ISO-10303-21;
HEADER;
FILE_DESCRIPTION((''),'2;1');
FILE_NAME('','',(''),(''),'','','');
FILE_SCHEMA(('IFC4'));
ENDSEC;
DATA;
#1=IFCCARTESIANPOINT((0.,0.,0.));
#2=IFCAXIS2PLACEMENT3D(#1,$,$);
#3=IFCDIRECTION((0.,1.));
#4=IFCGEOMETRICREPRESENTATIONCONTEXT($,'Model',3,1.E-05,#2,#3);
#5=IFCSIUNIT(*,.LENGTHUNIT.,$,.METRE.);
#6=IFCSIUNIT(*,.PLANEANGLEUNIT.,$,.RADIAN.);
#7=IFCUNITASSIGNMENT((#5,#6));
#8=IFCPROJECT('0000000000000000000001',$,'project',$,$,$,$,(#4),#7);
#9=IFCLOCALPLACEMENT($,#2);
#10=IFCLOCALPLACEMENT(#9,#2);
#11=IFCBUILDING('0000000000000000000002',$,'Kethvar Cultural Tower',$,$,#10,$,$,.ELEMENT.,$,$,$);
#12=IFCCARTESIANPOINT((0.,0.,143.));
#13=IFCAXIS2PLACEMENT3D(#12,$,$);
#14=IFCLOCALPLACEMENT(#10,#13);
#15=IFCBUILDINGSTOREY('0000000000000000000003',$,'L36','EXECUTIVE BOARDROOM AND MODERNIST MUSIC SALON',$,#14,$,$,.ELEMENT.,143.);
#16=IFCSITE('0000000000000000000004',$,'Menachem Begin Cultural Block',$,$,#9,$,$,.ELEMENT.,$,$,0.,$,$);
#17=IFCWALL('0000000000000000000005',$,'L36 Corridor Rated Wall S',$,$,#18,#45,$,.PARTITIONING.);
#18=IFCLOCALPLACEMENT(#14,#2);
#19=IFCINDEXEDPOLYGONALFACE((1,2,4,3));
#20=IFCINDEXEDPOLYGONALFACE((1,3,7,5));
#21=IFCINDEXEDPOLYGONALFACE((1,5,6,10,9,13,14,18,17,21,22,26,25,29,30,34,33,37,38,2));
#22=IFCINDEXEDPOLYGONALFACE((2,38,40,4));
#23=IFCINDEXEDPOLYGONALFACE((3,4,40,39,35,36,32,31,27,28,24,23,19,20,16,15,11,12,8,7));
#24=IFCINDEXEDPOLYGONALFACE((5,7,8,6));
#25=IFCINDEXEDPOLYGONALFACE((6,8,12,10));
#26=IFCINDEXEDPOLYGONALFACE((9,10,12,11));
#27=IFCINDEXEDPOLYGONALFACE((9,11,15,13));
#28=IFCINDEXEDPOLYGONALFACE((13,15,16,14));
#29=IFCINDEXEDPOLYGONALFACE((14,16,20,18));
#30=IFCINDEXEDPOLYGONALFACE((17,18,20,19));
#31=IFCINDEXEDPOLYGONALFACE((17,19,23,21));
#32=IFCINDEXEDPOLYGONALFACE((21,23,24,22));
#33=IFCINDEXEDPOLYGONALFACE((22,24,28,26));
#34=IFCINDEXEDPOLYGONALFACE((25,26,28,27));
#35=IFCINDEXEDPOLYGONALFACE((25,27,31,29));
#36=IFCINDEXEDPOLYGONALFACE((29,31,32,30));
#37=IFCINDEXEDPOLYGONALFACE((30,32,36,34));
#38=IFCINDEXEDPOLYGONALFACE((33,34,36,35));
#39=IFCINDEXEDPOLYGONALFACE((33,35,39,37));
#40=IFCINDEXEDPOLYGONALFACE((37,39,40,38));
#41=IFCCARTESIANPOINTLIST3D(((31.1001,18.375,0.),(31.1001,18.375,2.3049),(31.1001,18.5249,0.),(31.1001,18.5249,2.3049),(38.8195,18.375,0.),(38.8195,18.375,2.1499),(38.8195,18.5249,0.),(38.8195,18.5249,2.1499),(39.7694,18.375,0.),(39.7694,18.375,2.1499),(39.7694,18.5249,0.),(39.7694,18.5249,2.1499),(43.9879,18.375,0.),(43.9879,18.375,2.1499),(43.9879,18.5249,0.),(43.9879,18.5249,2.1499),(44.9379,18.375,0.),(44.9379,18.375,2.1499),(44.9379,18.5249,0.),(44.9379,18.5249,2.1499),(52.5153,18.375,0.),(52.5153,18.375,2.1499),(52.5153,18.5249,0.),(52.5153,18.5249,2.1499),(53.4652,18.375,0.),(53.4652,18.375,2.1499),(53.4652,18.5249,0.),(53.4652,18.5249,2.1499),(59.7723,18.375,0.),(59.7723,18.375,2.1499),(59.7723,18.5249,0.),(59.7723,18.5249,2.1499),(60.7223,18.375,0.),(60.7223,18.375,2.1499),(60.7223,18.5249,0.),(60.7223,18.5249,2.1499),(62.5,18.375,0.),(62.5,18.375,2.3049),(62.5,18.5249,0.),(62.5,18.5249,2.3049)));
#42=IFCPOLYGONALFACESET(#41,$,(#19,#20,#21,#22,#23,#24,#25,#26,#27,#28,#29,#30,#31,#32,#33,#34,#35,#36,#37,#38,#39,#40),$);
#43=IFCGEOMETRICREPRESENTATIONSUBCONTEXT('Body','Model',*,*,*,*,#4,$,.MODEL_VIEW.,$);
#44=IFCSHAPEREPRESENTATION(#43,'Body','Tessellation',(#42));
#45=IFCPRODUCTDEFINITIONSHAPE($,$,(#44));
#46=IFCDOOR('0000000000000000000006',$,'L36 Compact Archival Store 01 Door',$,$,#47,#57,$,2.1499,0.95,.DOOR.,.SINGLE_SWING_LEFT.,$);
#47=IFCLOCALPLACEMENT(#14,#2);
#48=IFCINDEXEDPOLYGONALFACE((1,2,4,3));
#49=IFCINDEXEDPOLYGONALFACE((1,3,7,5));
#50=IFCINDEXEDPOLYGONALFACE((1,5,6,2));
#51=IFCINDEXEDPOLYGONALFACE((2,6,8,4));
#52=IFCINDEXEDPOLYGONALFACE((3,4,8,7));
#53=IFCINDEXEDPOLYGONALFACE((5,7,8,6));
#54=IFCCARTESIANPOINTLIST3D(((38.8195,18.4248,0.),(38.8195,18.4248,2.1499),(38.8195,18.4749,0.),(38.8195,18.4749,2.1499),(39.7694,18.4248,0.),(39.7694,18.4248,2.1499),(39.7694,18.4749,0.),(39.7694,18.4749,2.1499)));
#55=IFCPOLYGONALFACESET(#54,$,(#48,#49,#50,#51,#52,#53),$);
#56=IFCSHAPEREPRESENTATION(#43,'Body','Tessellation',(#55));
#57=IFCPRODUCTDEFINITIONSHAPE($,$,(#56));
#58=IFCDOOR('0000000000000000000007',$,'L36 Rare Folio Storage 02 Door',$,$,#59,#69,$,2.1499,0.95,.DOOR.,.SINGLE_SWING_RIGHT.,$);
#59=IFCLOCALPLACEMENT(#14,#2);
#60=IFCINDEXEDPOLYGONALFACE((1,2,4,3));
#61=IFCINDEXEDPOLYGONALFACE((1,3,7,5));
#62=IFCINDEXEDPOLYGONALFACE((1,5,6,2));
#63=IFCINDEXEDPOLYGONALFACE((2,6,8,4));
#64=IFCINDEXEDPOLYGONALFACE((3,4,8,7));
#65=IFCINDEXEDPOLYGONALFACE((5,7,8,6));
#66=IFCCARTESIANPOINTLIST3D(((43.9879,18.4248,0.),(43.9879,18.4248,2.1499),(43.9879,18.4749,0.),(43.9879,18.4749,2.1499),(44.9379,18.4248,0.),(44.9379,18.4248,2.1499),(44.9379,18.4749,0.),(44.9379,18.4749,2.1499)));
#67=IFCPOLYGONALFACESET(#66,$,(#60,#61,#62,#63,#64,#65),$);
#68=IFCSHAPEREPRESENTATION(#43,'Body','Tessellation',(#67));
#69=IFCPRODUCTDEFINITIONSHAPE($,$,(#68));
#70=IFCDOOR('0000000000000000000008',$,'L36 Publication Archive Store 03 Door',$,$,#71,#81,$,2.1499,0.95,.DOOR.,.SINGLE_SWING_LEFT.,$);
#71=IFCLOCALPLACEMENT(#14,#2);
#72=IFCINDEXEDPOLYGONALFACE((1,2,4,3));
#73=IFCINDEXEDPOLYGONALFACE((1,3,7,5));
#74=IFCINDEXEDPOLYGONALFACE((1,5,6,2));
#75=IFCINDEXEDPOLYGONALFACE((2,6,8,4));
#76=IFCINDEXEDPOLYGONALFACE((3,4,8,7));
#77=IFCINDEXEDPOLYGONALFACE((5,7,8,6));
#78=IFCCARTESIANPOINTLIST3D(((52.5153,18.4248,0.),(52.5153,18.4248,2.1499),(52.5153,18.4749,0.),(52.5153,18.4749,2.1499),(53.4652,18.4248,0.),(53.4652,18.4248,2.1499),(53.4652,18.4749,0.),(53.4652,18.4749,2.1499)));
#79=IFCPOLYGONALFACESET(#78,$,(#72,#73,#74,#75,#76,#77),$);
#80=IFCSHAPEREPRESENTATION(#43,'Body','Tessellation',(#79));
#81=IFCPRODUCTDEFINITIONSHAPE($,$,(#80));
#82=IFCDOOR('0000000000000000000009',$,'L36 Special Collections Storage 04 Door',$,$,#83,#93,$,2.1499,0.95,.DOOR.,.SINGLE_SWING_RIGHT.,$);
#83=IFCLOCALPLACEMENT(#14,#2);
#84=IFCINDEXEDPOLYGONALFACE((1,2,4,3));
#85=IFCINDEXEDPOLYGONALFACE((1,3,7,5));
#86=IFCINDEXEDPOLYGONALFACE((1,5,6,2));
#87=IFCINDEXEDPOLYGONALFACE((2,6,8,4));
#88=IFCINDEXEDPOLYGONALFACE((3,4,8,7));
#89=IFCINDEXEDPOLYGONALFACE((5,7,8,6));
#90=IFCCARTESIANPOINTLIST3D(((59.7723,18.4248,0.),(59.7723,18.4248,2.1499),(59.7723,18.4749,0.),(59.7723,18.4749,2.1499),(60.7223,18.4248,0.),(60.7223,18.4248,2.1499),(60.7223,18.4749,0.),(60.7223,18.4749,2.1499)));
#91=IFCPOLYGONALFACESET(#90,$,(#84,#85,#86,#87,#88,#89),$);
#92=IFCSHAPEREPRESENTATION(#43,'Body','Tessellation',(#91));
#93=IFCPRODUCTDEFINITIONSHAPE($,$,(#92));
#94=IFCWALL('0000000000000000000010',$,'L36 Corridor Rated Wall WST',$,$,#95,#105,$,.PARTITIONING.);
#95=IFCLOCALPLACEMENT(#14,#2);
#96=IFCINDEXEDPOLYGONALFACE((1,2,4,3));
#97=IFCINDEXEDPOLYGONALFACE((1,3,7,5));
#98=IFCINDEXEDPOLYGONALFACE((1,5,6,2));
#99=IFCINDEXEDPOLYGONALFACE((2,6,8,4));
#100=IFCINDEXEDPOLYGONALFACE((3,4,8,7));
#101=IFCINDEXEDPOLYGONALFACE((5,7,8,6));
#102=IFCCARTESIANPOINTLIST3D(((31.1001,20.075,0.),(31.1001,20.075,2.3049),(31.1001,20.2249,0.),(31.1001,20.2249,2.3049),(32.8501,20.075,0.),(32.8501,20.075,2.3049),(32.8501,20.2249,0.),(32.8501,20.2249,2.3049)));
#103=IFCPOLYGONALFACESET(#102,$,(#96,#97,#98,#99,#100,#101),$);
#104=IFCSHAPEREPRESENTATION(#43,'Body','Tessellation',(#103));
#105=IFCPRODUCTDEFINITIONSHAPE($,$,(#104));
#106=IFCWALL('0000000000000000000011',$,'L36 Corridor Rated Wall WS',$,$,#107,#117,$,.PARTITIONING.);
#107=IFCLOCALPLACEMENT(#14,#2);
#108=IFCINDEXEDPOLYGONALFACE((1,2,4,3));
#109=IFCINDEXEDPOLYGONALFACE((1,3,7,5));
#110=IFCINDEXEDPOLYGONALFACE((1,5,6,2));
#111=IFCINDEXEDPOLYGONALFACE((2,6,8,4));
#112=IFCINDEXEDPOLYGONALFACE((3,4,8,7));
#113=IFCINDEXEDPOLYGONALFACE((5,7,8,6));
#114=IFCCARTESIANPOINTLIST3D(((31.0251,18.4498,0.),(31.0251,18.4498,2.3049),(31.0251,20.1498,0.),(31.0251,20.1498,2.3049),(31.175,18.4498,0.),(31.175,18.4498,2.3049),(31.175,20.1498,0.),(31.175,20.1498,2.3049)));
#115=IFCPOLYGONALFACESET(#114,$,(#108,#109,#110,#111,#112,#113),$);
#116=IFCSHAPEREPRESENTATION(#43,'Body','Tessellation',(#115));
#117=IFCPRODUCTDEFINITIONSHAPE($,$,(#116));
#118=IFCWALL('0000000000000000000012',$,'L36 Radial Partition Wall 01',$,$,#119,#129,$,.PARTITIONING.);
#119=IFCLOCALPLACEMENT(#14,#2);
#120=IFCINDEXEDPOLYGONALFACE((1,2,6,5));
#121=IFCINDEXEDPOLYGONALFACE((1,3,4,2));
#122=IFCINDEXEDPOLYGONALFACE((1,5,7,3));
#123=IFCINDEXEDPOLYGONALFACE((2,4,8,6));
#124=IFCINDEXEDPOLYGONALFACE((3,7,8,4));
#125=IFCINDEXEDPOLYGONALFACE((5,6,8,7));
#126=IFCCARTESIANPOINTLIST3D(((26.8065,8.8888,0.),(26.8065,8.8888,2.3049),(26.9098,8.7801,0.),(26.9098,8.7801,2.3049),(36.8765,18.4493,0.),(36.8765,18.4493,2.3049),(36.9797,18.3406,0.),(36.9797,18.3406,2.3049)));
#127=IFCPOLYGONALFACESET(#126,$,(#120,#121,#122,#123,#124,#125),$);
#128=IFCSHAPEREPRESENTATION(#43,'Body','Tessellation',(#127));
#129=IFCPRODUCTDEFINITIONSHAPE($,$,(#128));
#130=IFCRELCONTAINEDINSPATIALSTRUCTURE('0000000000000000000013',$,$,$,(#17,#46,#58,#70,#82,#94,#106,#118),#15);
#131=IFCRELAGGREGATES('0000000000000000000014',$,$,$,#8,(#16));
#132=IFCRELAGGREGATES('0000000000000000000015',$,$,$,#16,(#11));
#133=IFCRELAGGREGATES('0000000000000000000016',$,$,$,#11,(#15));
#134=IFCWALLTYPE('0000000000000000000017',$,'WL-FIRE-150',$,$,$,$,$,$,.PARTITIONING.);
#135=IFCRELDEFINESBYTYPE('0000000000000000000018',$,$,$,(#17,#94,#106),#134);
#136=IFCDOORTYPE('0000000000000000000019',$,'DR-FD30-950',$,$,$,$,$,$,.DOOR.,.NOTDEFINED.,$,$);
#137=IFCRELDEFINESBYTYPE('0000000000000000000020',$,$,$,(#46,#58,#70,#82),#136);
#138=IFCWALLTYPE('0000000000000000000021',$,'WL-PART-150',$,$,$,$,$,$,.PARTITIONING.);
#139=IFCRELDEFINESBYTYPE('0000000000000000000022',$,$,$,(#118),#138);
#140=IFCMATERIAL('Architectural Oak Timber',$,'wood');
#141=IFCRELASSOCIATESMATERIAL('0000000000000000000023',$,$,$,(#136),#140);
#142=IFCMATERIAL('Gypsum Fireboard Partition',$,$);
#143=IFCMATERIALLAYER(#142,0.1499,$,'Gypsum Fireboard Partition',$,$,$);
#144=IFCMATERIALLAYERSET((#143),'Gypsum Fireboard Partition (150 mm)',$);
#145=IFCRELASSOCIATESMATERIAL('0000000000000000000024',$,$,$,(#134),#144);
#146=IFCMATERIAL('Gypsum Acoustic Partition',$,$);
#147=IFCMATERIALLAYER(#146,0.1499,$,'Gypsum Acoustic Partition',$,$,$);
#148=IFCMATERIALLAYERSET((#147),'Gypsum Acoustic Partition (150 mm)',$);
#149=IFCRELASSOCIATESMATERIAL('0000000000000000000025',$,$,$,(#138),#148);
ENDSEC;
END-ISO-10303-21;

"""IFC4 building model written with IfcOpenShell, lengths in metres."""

from ifc_helpers import new_model, si_unit, direction, frame, frame_2d, origin, place, context, subcontext, project, spatial, rectangle, extrude, source, transform, mapped, material, layer, layer_set, type_object, element, fill, save


model = new_model("IFC4")

# Units and contexts
model_context = context("Model", 3, precision=1e-05, world=origin(), true_north=direction((0.0, 1.0)))
body_context = subcontext(model_context, "Body", "Model", "MODEL_VIEW")
ifc_project = project(units=[si_unit("LENGTHUNIT", "METRE"), si_unit("PLANEANGLEUNIT", "RADIAN")], contexts=[model_context])

# Site, building, storey
site_placement = place(None, origin())
site = spatial("IfcSite", under=ifc_project, at=site_placement, Name="Menachem Begin Cultural Block", CompositionType="ELEMENT", RefElevation=0.0)
building_placement = place(site_placement, origin())
building = spatial("IfcBuilding", under=site, at=building_placement, Name="Kethvar Cultural Tower", CompositionType="ELEMENT")
storey_placement = place(building_placement, frame((0.0, 0.0, 143.0)))
storey = spatial("IfcBuildingStorey", under=building, at=storey_placement, Name="L36", Description="EXECUTIVE BOARDROOM AND MODERNIST MUSIC SALON", CompositionType="ELEMENT", Elevation=143.0)

# Wall, openings, doors
ifc_material_1 = material(Name="Architectural Oak Timber", Category="wood")
door_type_1 = type_object("IfcDoorType", Name="DR-FD30-950", OperationType="NOTDEFINED", PredefinedType="DOOR", material=ifc_material_1)
shared_shape_1 = source(origin(), body_context, "Body", "SweptSolid", [
    extrude(rectangle(XDim=0.95, YDim=2.1499, at=frame_2d((0.4751, 1.075))), frame((0.0, 0.0249, 0.0), z_axis=(0.0, -1.0, 0.0), x_axis=(1.0, 0.0, 0.0)), (0.0, 0.0, 1.0), 0.05),
])
ifc_material_2 = material(Name="Gypsum Fireboard Partition")
ifc_layer_1 = layer(ifc_material_2, 0.1499, Name="Gypsum Fireboard Partition")
ifc_layer_set_1 = layer_set([ifc_layer_1], Name="Gypsum Fireboard Partition (150 mm)")
wall_type_1 = type_object("IfcWallType", Name="WL-FIRE-150", PredefinedType="PARTITIONING", material=ifc_layer_set_1)
wall_1_placement = place(storey_placement, frame((31.1001, 18.45, 0.0), z_axis=(0.0, 0.0, 1.0), x_axis=(1.0, 0.0, 0.0)))
wall_1 = element("IfcWall", 1, at=wall_1_placement, inside=storey, type_object=wall_type_1, Name="L36 Corridor Rated Wall S", PredefinedType="PARTITIONING", context=body_context, shape_type="SweptSolid", body=[
    extrude(rectangle(XDim=31.3999, YDim=0.1499, at=frame_2d((15.7, 0.0))), origin(), (0.0, 0.0, 1.0), 2.3049),
])
opening_1_placement = place(wall_1_placement, frame((7.7192, 0.0, 0.0)))
opening_1 = element("IfcOpeningElement", 2, at=opening_1_placement, cuts=wall_1, PredefinedType="OPENING", context=body_context, shape_type="SweptSolid", body=[
    extrude(rectangle(XDim=0.95, YDim=2.1499, at=frame_2d((0.4751, 1.075))), frame((0.0, 0.085, 0.0), z_axis=(0.0, -1.0, 0.0), x_axis=(1.0, 0.0, 0.0)), (0.0, 0.0, 1.0), 0.1699),
])
opening_2_placement = place(wall_1_placement, frame((12.8877, 0.0, 0.0)))
opening_2 = element("IfcOpeningElement", 3, at=opening_2_placement, cuts=wall_1, PredefinedType="OPENING", context=body_context, shape_type="SweptSolid", body=[
    extrude(rectangle(XDim=0.95, YDim=2.1499, at=frame_2d((0.4751, 1.075))), frame((0.0, 0.085, 0.0), z_axis=(0.0, -1.0, 0.0), x_axis=(1.0, 0.0, 0.0)), (0.0, 0.0, 1.0), 0.1699),
])
opening_3_placement = place(wall_1_placement, frame((21.415, 0.0, 0.0)))
opening_3 = element("IfcOpeningElement", 4, at=opening_3_placement, cuts=wall_1, PredefinedType="OPENING", context=body_context, shape_type="SweptSolid", body=[
    extrude(rectangle(XDim=0.95, YDim=2.1499, at=frame_2d((0.4751, 1.075))), frame((0.0, 0.085, 0.0), z_axis=(0.0, -1.0, 0.0), x_axis=(1.0, 0.0, 0.0)), (0.0, 0.0, 1.0), 0.1699),
])
opening_4_placement = place(wall_1_placement, frame((28.6721, 0.0, 0.0)))
opening_4 = element("IfcOpeningElement", 5, at=opening_4_placement, cuts=wall_1, PredefinedType="OPENING", context=body_context, shape_type="SweptSolid", body=[
    extrude(rectangle(XDim=0.95, YDim=2.1499, at=frame_2d((0.4751, 1.075))), frame((0.0, 0.085, 0.0), z_axis=(0.0, -1.0, 0.0), x_axis=(1.0, 0.0, 0.0)), (0.0, 0.0, 1.0), 0.1699),
])
door_1_placement = place(opening_1_placement, origin())
door_1 = element("IfcDoor", 6, at=door_1_placement, inside=storey, type_object=door_type_1, Name="L36 Compact Archival Store 01 Door", OperationType="SINGLE_SWING_LEFT", OverallHeight=2.1499, OverallWidth=0.95, PredefinedType="DOOR", context=body_context, shape_type="MappedRepresentation", body=[
    mapped(shared_shape_1, transform((0.0, 0.0, 0.0), scale=1.0)),
])
fill(opening_1, door_1)
door_2_placement = place(opening_2_placement, origin())
door_2 = element("IfcDoor", 7, at=door_2_placement, inside=storey, type_object=door_type_1, Name="L36 Rare Folio Storage 02 Door", OperationType="SINGLE_SWING_RIGHT", OverallHeight=2.1499, OverallWidth=0.95, PredefinedType="DOOR", context=body_context, shape_type="MappedRepresentation", body=[
    mapped(shared_shape_1, transform((0.0, 0.0, 0.0), scale=1.0)),
])
fill(opening_2, door_2)
door_3_placement = place(opening_3_placement, origin())
door_3 = element("IfcDoor", 8, at=door_3_placement, inside=storey, type_object=door_type_1, Name="L36 Publication Archive Store 03 Door", OperationType="SINGLE_SWING_LEFT", OverallHeight=2.1499, OverallWidth=0.95, PredefinedType="DOOR", context=body_context, shape_type="MappedRepresentation", body=[
    mapped(shared_shape_1, transform((0.0, 0.0, 0.0), scale=1.0)),
])
fill(opening_3, door_3)
door_4_placement = place(opening_4_placement, origin())
door_4 = element("IfcDoor", 9, at=door_4_placement, inside=storey, type_object=door_type_1, Name="L36 Special Collections Storage 04 Door", OperationType="SINGLE_SWING_RIGHT", OverallHeight=2.1499, OverallWidth=0.95, PredefinedType="DOOR", context=body_context, shape_type="MappedRepresentation", body=[
    mapped(shared_shape_1, transform((0.0, 0.0, 0.0), scale=1.0)),
])
fill(opening_4, door_4)

# Walls
wall_2_placement = place(storey_placement, frame((32.8501, 20.1499, 0.0), z_axis=(0.0, 0.0, 1.0), x_axis=(-1.0, 0.0, 0.0)))
element("IfcWall", 10, at=wall_2_placement, inside=storey, type_object=wall_type_1, Name="L36 Corridor Rated Wall WST", PredefinedType="PARTITIONING", context=body_context, shape_type="SweptSolid", body=[
    extrude(rectangle(XDim=1.75, YDim=0.1499, at=frame_2d((0.875, 0.0))), origin(), (0.0, 0.0, 1.0), 2.3049),
])
wall_3_placement = place(storey_placement, frame((31.1001, 20.1499, 0.0), z_axis=(0.0, 0.0, 1.0), x_axis=(0.0, -1.0, 0.0)))
element("IfcWall", 11, at=wall_3_placement, inside=storey, type_object=wall_type_1, Name="L36 Corridor Rated Wall WS", PredefinedType="PARTITIONING", context=body_context, shape_type="SweptSolid", body=[
    extrude(rectangle(XDim=1.7, YDim=0.1499, at=frame_2d((0.8501, 0.0))), origin(), (0.0, 0.0, 1.0), 2.3049),
])
ifc_material_3 = material(Name="Gypsum Acoustic Partition")
ifc_layer_2 = layer(ifc_material_3, 0.1499, Name="Gypsum Acoustic Partition")
ifc_layer_set_2 = layer_set([ifc_layer_2], Name="Gypsum Acoustic Partition (150 mm)")
wall_type_2 = type_object("IfcWallType", Name="WL-PART-150", PredefinedType="PARTITIONING", material=ifc_layer_set_2)
wall_4_placement = place(storey_placement, frame((36.9282, 18.395, 0.0), z_axis=(0.0, 0.0, 1.0), x_axis=(-0.725216, -0.688522, 0.0)))
element("IfcWall", 12, at=wall_4_placement, inside=storey, type_object=wall_type_2, Name="L36 Radial Partition Wall 01", PredefinedType="PARTITIONING", context=body_context, shape_type="SweptSolid", body=[
    extrude(rectangle(XDim=13.8855, YDim=0.1499, at=frame_2d((6.9429, 0.0))), origin(), (0.0, 0.0, 1.0), 2.3049),
])

save(model, "model.ifc")
